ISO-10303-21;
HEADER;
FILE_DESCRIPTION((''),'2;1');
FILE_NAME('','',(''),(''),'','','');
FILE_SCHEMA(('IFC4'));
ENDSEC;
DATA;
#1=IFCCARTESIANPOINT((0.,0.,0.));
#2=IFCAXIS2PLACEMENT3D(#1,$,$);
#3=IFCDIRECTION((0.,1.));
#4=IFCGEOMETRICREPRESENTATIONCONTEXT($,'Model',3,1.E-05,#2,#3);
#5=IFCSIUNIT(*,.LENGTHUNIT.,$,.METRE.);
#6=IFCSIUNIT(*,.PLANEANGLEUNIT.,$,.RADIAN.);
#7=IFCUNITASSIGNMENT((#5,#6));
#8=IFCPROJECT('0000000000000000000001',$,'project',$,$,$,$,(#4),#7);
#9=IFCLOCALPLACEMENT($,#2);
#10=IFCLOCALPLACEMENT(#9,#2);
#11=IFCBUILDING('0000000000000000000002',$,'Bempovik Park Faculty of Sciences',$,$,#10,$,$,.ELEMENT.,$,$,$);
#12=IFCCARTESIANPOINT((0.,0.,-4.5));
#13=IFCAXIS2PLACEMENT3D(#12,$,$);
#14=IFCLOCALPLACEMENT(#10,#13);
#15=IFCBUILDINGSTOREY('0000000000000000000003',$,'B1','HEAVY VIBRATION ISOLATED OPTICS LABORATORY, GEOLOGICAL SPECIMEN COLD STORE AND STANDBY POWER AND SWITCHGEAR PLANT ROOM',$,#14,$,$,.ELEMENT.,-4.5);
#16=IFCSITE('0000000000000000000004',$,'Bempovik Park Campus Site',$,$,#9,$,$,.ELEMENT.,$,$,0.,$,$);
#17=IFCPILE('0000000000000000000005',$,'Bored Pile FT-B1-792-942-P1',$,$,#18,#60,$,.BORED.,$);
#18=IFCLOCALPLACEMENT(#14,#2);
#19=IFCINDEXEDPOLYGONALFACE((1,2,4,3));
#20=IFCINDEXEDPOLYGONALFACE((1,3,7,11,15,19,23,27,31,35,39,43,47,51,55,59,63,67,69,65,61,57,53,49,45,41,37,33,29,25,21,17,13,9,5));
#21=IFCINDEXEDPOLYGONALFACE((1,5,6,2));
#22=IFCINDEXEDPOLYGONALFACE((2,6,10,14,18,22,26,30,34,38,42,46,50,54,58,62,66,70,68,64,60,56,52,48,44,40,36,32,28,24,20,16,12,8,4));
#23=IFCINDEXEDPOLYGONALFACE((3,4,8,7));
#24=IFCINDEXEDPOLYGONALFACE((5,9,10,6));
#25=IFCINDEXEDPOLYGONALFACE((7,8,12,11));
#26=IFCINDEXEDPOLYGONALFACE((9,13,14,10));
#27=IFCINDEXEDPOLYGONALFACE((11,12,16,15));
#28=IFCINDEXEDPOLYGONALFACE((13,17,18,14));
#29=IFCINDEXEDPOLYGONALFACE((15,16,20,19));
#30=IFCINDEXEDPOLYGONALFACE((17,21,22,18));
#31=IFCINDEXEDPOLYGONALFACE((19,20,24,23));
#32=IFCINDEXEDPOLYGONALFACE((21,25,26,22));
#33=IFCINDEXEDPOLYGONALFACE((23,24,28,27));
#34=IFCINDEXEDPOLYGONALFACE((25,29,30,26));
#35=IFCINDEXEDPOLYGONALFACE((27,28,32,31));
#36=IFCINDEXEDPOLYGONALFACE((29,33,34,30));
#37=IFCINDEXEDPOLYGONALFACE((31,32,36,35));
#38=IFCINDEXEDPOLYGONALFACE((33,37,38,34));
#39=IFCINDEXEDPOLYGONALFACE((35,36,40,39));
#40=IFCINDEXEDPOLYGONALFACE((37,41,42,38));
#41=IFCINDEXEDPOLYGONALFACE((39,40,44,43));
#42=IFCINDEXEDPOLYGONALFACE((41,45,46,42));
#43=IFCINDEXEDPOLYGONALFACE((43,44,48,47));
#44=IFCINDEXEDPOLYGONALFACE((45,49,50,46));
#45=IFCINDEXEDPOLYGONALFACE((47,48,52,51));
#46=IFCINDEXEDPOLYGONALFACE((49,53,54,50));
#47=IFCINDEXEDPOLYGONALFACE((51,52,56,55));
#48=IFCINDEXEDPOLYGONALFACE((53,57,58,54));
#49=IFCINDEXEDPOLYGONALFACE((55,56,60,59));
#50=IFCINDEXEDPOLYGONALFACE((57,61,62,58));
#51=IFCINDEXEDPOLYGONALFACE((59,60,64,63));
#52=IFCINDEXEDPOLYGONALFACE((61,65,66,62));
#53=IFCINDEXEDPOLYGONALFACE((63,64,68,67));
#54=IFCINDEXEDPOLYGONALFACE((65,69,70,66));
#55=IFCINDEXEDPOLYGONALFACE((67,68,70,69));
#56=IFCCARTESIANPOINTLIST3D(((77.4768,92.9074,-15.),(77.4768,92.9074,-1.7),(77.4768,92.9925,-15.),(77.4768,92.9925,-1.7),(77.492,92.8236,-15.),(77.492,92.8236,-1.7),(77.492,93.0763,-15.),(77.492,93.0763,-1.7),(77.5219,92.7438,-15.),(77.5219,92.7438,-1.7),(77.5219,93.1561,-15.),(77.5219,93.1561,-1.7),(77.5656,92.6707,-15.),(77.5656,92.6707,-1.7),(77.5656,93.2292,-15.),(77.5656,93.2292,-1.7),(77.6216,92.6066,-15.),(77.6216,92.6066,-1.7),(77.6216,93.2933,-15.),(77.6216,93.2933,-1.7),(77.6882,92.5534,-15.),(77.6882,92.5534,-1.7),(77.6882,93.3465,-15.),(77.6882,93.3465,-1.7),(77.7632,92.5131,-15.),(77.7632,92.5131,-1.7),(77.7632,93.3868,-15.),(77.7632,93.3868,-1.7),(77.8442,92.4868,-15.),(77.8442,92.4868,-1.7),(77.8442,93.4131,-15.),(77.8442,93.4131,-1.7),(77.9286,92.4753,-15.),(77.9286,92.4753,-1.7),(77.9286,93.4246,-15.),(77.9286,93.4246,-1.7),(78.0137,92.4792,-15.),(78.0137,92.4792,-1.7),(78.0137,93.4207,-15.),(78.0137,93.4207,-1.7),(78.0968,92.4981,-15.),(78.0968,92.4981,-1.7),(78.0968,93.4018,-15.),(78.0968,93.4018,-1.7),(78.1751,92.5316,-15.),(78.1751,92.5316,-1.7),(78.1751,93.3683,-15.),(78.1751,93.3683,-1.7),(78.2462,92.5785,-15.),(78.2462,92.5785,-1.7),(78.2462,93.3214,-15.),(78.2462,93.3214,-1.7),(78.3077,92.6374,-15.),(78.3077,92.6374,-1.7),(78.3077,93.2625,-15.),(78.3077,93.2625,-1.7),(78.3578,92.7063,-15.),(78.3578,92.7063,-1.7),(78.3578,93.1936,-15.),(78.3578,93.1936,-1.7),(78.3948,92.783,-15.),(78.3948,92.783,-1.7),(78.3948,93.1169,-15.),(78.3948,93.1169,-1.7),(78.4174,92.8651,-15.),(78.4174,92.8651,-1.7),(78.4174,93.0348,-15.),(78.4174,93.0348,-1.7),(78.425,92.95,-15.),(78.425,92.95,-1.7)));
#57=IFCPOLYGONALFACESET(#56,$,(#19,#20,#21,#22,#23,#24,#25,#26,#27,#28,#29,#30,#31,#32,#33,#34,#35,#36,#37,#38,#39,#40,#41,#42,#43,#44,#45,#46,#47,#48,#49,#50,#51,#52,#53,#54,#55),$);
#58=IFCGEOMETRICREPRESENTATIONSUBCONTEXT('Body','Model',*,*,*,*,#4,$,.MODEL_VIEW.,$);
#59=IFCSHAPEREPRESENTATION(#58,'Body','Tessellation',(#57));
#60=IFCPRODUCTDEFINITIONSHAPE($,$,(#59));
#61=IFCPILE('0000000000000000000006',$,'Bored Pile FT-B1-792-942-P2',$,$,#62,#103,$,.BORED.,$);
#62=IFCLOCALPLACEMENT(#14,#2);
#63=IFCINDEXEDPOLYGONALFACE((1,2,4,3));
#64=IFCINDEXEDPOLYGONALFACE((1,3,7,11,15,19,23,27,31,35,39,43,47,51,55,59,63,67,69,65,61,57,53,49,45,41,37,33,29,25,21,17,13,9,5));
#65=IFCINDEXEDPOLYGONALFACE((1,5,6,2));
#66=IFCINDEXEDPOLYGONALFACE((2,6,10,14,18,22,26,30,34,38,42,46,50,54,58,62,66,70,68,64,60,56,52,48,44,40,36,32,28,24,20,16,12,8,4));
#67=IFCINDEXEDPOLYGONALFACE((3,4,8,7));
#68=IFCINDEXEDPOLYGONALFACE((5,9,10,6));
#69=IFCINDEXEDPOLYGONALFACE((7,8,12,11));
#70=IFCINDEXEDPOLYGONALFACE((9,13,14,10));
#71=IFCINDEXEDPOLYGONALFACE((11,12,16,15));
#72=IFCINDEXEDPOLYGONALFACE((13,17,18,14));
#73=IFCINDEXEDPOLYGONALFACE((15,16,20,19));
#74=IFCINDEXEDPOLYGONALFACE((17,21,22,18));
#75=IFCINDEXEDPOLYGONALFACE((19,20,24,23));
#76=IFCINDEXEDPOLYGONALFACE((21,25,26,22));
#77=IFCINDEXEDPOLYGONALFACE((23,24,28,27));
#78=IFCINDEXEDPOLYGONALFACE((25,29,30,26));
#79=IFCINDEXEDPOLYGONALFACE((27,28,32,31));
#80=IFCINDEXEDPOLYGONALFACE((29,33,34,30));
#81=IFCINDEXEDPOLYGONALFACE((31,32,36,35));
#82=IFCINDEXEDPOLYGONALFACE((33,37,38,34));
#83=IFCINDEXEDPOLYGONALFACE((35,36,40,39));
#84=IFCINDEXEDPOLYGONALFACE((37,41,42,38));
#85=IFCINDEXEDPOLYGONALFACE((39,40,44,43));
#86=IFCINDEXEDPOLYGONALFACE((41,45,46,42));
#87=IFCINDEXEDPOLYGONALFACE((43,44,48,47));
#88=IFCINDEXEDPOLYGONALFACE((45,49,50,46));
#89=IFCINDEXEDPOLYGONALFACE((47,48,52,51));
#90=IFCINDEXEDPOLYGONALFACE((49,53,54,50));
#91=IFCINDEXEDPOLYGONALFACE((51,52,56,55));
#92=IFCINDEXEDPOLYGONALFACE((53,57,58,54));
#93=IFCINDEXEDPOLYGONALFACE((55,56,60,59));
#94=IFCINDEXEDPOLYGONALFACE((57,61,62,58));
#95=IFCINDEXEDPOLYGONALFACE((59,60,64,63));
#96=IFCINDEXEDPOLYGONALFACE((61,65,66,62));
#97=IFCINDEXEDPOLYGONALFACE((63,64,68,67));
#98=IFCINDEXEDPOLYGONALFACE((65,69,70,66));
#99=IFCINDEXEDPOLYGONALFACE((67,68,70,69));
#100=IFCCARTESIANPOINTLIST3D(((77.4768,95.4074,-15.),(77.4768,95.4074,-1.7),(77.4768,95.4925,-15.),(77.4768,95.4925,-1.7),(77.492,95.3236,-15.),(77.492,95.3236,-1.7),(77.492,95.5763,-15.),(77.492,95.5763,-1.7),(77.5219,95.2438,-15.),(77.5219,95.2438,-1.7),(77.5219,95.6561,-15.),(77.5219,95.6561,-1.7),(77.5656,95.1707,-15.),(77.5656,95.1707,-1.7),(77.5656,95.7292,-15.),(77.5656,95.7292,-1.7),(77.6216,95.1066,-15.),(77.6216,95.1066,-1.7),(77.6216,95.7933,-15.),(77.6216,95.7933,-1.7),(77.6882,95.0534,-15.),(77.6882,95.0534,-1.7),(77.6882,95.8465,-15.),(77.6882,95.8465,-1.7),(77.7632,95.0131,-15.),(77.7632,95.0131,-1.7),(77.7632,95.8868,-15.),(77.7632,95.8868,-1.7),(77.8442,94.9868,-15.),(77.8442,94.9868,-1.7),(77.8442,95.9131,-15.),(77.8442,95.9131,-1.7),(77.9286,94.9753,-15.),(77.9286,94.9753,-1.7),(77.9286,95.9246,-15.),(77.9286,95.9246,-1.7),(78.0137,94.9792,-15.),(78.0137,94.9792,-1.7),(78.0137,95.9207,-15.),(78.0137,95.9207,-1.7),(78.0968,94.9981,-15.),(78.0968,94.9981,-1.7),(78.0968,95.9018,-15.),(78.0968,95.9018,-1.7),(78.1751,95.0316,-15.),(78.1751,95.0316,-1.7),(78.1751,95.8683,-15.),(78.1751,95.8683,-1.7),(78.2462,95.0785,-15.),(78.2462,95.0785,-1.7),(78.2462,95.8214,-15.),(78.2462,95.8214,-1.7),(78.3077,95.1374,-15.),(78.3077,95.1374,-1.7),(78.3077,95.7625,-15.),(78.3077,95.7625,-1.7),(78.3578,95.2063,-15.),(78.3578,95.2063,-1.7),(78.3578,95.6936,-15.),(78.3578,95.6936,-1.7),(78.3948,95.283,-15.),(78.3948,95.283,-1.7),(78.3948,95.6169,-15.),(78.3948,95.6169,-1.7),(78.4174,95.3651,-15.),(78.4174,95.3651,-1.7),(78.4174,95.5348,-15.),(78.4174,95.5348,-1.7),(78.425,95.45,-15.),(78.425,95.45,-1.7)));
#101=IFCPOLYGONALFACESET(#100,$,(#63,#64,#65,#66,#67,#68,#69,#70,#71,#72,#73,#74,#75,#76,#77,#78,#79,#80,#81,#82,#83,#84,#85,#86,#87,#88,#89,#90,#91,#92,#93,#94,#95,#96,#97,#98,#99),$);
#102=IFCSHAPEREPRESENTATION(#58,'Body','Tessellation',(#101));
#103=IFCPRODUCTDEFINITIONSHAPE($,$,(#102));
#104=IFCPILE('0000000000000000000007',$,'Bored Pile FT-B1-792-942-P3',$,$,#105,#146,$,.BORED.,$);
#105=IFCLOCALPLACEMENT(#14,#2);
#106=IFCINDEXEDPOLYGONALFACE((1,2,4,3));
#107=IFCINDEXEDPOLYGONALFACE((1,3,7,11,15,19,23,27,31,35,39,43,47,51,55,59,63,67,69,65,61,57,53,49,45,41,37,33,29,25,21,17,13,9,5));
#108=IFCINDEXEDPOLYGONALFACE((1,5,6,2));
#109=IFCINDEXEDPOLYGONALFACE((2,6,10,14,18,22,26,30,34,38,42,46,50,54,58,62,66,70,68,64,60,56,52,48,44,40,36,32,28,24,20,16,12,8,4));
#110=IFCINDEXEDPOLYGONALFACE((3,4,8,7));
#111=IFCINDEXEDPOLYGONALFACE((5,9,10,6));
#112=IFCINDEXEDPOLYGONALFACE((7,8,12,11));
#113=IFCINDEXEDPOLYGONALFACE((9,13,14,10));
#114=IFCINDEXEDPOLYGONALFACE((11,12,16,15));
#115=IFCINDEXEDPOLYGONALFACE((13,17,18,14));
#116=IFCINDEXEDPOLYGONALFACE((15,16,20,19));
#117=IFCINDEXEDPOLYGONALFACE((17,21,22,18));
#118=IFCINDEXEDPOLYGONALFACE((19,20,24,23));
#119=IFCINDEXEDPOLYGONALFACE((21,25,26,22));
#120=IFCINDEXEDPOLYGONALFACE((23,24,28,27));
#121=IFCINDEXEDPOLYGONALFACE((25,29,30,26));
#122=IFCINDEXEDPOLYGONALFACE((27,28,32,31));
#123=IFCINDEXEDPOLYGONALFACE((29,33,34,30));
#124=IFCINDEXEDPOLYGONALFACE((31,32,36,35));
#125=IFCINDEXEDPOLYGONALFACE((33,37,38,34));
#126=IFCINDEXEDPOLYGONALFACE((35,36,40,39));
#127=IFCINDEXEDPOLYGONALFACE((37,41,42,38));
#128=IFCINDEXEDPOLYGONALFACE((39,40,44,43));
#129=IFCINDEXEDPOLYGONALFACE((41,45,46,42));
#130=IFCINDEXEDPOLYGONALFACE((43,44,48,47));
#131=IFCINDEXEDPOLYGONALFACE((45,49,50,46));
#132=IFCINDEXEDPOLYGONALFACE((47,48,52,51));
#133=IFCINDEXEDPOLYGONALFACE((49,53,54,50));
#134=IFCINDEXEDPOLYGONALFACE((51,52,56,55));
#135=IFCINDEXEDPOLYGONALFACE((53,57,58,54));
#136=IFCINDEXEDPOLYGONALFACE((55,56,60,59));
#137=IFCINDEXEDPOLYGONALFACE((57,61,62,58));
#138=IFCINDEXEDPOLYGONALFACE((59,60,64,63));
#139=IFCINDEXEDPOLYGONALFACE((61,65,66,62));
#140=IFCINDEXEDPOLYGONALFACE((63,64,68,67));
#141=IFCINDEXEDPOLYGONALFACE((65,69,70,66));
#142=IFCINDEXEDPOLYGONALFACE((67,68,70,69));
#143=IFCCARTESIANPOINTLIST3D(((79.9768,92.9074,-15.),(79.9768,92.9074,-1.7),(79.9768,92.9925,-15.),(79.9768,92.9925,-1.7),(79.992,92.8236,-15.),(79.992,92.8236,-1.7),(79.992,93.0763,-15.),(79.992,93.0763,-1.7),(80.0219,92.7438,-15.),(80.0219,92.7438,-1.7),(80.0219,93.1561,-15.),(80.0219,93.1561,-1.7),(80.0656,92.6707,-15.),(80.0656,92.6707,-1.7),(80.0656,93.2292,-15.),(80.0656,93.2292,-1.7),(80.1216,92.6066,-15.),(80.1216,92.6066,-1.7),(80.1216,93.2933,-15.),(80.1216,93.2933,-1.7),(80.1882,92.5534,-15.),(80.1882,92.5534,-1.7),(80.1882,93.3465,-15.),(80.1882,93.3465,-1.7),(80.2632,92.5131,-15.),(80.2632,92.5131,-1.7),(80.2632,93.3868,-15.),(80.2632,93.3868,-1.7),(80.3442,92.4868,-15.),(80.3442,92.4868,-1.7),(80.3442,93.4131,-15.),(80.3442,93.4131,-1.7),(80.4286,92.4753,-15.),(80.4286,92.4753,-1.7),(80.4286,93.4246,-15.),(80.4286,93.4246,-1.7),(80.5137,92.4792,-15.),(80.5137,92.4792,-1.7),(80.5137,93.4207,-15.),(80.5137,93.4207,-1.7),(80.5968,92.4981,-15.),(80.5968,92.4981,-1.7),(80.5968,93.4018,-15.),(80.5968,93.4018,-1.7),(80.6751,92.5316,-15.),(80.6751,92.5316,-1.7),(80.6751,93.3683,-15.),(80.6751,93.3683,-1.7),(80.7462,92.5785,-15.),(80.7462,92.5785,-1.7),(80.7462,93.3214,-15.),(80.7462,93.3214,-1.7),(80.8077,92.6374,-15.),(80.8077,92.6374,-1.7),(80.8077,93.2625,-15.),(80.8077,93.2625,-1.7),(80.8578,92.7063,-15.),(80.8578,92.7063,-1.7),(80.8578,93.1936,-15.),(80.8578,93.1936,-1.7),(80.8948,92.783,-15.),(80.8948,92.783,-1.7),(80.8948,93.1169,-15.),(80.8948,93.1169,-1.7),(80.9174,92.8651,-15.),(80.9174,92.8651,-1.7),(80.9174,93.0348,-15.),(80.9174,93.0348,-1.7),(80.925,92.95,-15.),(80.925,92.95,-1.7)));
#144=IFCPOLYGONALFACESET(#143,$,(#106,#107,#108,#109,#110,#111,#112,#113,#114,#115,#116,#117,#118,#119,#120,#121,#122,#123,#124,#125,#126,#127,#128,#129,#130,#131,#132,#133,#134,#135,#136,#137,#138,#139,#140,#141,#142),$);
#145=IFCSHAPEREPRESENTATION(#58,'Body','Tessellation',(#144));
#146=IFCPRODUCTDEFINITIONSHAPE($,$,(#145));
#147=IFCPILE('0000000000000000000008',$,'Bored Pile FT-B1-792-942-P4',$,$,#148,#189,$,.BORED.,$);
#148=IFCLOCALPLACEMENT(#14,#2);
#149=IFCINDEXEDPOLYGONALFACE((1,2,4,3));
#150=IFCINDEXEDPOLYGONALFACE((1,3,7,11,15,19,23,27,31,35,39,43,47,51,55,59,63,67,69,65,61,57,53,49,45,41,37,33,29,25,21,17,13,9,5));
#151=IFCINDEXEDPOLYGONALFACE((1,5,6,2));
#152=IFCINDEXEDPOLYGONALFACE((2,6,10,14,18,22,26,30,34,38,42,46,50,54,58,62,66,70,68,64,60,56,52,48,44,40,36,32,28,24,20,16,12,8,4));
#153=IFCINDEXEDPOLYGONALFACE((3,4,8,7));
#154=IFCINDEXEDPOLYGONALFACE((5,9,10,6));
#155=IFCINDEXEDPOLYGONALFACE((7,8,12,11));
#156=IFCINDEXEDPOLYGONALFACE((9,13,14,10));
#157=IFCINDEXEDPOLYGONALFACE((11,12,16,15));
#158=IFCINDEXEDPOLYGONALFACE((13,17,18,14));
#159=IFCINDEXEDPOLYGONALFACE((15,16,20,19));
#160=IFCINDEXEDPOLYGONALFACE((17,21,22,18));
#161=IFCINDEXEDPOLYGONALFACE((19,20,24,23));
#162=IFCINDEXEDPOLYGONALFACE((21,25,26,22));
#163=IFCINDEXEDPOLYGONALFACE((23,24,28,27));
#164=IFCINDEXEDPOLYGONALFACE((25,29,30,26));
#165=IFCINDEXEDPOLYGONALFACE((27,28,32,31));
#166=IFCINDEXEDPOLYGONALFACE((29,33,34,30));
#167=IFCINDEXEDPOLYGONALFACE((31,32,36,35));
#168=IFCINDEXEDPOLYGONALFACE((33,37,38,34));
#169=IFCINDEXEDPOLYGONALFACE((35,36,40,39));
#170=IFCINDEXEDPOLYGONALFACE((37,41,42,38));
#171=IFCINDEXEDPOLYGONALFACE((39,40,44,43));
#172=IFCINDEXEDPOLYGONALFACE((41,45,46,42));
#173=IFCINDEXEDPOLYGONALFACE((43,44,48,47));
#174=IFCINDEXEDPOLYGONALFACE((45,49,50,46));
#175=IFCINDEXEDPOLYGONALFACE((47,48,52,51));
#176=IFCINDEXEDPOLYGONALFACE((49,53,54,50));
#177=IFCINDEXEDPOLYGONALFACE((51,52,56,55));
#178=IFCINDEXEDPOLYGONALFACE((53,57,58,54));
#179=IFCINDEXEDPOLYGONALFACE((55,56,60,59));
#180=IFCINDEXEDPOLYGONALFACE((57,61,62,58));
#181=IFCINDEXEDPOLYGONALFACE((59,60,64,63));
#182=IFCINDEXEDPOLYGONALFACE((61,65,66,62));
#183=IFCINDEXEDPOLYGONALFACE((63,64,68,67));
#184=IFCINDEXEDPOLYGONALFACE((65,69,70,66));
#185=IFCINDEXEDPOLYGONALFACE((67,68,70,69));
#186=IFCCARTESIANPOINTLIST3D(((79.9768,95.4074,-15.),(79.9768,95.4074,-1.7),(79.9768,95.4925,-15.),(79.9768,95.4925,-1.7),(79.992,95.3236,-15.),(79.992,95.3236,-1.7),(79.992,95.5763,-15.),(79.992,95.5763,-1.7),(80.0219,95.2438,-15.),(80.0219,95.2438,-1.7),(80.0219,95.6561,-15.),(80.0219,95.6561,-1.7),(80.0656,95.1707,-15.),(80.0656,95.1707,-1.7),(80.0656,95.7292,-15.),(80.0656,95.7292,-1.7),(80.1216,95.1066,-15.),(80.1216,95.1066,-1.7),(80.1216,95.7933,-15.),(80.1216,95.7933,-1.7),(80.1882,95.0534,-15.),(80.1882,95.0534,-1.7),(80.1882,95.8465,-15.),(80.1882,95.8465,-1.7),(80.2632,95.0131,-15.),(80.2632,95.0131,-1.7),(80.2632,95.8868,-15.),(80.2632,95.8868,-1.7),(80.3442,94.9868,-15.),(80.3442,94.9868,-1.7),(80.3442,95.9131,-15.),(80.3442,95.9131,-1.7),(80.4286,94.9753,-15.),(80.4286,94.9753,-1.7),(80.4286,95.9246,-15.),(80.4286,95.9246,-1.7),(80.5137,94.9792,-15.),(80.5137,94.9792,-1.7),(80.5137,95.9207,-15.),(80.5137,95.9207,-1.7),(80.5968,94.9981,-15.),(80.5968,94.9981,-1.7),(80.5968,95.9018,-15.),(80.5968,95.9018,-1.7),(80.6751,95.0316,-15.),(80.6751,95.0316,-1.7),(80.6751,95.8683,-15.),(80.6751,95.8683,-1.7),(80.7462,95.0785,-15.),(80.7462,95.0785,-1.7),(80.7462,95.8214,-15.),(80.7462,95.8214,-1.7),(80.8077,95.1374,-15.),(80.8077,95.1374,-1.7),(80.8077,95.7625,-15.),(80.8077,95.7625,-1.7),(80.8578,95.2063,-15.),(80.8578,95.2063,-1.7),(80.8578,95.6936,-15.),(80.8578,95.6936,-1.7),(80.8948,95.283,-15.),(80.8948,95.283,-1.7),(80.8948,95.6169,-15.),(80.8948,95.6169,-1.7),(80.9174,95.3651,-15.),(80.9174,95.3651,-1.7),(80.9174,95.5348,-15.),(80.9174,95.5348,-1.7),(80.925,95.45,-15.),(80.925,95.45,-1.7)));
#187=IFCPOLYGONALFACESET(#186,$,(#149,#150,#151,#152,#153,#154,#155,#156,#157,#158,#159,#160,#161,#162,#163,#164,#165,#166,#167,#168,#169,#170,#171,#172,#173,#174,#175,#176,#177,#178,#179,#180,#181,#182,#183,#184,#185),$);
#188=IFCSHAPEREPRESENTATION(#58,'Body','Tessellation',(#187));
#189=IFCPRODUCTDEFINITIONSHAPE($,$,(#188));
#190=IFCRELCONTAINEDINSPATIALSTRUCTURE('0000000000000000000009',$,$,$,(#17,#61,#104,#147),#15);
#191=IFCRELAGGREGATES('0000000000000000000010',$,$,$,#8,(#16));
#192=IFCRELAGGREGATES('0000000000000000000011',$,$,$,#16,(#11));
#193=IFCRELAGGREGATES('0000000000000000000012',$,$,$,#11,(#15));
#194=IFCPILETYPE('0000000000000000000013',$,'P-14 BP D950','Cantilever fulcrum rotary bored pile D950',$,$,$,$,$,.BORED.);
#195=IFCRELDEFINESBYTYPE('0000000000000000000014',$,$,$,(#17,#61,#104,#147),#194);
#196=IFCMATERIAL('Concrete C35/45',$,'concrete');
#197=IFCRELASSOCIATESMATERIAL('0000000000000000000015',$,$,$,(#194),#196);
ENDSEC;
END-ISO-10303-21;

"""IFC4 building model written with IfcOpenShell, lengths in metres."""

from ifc_helpers import new_model, si_unit, direction, frame, origin, origin_2d, place, context, subcontext, project, spatial, circle, extrude, material, material_profile, profile_set, type_object, element, save


model = new_model("IFC4")

# Units and contexts
model_context = context("Model", 3, precision=1e-05, world=origin(), true_north=direction((0.0, 1.0)))
body_context = subcontext(model_context, "Body", "Model", "MODEL_VIEW")
ifc_project = project(units=[si_unit("LENGTHUNIT", "METRE"), si_unit("PLANEANGLEUNIT", "RADIAN")], contexts=[model_context])

# Site, building, storey
site_placement = place(None, origin())
site = spatial("IfcSite", under=ifc_project, at=site_placement, Name="Bempovik Park Campus Site", CompositionType="ELEMENT", RefElevation=0.0)
building_placement = place(site_placement, origin())
building = spatial("IfcBuilding", under=site, at=building_placement, Name="Bempovik Park Faculty of Sciences", CompositionType="ELEMENT")
storey_placement = place(building_placement, frame((0.0, 0.0, -4.5)))
storey = spatial("IfcBuildingStorey", under=building, at=storey_placement, Name="B1", Description="HEAVY VIBRATION ISOLATED OPTICS LABORATORY, GEOLOGICAL SPECIMEN COLD STORE AND STANDBY POWER AND SWITCHGEAR PLANT ROOM", CompositionType="ELEMENT", Elevation=-4.5)

# Shared definitions
ifc_material_1 = material(Name="Concrete C35/45", Category="concrete")

# Piles
ifc_material_profile_1 = material_profile(ifc_material_1, circle(Radius=0.4751, at=origin_2d()), Name="BP D950")
ifc_profile_set_1 = profile_set([ifc_material_profile_1], Name="Concrete C35/45")
pile_type = type_object("IfcPileType", Name="P-14 BP D950", Description="Cantilever fulcrum rotary bored pile D950", PredefinedType="BORED", material=ifc_profile_set_1)
for number, where, z_axis, x_axis, name in (
    (1, (77.95, 92.95, -1.7), (0.0, 0.0, -1.0), (1.0, 0.0, 0.0), "Bored Pile FT-B1-792-942-P1"),
    (2, (77.95, 95.45, -1.7), (0.0, 0.0, -1.0), (1.0, 0.0, 0.0), "Bored Pile FT-B1-792-942-P2"),
    (3, (80.45, 92.95, -1.7), (0.0, 0.0, -1.0), (1.0, 0.0, 0.0), "Bored Pile FT-B1-792-942-P3"),
    (4, (80.45, 95.45, -1.7), (0.0, 0.0, -1.0), (1.0, 0.0, 0.0), "Bored Pile FT-B1-792-942-P4"),
):
    element("IfcPile", number, at=place(storey_placement, frame(where, z_axis=z_axis, x_axis=x_axis)), inside=storey, type_object=pile_type, Name=name, PredefinedType="BORED", context=body_context, shape_type="SweptSolid", body=[
        extrude(circle(Radius=0.4751, at=origin_2d()), origin(), (0.0, 0.0, 1.0), 13.3),
    ])

save(model, "model.ifc")
